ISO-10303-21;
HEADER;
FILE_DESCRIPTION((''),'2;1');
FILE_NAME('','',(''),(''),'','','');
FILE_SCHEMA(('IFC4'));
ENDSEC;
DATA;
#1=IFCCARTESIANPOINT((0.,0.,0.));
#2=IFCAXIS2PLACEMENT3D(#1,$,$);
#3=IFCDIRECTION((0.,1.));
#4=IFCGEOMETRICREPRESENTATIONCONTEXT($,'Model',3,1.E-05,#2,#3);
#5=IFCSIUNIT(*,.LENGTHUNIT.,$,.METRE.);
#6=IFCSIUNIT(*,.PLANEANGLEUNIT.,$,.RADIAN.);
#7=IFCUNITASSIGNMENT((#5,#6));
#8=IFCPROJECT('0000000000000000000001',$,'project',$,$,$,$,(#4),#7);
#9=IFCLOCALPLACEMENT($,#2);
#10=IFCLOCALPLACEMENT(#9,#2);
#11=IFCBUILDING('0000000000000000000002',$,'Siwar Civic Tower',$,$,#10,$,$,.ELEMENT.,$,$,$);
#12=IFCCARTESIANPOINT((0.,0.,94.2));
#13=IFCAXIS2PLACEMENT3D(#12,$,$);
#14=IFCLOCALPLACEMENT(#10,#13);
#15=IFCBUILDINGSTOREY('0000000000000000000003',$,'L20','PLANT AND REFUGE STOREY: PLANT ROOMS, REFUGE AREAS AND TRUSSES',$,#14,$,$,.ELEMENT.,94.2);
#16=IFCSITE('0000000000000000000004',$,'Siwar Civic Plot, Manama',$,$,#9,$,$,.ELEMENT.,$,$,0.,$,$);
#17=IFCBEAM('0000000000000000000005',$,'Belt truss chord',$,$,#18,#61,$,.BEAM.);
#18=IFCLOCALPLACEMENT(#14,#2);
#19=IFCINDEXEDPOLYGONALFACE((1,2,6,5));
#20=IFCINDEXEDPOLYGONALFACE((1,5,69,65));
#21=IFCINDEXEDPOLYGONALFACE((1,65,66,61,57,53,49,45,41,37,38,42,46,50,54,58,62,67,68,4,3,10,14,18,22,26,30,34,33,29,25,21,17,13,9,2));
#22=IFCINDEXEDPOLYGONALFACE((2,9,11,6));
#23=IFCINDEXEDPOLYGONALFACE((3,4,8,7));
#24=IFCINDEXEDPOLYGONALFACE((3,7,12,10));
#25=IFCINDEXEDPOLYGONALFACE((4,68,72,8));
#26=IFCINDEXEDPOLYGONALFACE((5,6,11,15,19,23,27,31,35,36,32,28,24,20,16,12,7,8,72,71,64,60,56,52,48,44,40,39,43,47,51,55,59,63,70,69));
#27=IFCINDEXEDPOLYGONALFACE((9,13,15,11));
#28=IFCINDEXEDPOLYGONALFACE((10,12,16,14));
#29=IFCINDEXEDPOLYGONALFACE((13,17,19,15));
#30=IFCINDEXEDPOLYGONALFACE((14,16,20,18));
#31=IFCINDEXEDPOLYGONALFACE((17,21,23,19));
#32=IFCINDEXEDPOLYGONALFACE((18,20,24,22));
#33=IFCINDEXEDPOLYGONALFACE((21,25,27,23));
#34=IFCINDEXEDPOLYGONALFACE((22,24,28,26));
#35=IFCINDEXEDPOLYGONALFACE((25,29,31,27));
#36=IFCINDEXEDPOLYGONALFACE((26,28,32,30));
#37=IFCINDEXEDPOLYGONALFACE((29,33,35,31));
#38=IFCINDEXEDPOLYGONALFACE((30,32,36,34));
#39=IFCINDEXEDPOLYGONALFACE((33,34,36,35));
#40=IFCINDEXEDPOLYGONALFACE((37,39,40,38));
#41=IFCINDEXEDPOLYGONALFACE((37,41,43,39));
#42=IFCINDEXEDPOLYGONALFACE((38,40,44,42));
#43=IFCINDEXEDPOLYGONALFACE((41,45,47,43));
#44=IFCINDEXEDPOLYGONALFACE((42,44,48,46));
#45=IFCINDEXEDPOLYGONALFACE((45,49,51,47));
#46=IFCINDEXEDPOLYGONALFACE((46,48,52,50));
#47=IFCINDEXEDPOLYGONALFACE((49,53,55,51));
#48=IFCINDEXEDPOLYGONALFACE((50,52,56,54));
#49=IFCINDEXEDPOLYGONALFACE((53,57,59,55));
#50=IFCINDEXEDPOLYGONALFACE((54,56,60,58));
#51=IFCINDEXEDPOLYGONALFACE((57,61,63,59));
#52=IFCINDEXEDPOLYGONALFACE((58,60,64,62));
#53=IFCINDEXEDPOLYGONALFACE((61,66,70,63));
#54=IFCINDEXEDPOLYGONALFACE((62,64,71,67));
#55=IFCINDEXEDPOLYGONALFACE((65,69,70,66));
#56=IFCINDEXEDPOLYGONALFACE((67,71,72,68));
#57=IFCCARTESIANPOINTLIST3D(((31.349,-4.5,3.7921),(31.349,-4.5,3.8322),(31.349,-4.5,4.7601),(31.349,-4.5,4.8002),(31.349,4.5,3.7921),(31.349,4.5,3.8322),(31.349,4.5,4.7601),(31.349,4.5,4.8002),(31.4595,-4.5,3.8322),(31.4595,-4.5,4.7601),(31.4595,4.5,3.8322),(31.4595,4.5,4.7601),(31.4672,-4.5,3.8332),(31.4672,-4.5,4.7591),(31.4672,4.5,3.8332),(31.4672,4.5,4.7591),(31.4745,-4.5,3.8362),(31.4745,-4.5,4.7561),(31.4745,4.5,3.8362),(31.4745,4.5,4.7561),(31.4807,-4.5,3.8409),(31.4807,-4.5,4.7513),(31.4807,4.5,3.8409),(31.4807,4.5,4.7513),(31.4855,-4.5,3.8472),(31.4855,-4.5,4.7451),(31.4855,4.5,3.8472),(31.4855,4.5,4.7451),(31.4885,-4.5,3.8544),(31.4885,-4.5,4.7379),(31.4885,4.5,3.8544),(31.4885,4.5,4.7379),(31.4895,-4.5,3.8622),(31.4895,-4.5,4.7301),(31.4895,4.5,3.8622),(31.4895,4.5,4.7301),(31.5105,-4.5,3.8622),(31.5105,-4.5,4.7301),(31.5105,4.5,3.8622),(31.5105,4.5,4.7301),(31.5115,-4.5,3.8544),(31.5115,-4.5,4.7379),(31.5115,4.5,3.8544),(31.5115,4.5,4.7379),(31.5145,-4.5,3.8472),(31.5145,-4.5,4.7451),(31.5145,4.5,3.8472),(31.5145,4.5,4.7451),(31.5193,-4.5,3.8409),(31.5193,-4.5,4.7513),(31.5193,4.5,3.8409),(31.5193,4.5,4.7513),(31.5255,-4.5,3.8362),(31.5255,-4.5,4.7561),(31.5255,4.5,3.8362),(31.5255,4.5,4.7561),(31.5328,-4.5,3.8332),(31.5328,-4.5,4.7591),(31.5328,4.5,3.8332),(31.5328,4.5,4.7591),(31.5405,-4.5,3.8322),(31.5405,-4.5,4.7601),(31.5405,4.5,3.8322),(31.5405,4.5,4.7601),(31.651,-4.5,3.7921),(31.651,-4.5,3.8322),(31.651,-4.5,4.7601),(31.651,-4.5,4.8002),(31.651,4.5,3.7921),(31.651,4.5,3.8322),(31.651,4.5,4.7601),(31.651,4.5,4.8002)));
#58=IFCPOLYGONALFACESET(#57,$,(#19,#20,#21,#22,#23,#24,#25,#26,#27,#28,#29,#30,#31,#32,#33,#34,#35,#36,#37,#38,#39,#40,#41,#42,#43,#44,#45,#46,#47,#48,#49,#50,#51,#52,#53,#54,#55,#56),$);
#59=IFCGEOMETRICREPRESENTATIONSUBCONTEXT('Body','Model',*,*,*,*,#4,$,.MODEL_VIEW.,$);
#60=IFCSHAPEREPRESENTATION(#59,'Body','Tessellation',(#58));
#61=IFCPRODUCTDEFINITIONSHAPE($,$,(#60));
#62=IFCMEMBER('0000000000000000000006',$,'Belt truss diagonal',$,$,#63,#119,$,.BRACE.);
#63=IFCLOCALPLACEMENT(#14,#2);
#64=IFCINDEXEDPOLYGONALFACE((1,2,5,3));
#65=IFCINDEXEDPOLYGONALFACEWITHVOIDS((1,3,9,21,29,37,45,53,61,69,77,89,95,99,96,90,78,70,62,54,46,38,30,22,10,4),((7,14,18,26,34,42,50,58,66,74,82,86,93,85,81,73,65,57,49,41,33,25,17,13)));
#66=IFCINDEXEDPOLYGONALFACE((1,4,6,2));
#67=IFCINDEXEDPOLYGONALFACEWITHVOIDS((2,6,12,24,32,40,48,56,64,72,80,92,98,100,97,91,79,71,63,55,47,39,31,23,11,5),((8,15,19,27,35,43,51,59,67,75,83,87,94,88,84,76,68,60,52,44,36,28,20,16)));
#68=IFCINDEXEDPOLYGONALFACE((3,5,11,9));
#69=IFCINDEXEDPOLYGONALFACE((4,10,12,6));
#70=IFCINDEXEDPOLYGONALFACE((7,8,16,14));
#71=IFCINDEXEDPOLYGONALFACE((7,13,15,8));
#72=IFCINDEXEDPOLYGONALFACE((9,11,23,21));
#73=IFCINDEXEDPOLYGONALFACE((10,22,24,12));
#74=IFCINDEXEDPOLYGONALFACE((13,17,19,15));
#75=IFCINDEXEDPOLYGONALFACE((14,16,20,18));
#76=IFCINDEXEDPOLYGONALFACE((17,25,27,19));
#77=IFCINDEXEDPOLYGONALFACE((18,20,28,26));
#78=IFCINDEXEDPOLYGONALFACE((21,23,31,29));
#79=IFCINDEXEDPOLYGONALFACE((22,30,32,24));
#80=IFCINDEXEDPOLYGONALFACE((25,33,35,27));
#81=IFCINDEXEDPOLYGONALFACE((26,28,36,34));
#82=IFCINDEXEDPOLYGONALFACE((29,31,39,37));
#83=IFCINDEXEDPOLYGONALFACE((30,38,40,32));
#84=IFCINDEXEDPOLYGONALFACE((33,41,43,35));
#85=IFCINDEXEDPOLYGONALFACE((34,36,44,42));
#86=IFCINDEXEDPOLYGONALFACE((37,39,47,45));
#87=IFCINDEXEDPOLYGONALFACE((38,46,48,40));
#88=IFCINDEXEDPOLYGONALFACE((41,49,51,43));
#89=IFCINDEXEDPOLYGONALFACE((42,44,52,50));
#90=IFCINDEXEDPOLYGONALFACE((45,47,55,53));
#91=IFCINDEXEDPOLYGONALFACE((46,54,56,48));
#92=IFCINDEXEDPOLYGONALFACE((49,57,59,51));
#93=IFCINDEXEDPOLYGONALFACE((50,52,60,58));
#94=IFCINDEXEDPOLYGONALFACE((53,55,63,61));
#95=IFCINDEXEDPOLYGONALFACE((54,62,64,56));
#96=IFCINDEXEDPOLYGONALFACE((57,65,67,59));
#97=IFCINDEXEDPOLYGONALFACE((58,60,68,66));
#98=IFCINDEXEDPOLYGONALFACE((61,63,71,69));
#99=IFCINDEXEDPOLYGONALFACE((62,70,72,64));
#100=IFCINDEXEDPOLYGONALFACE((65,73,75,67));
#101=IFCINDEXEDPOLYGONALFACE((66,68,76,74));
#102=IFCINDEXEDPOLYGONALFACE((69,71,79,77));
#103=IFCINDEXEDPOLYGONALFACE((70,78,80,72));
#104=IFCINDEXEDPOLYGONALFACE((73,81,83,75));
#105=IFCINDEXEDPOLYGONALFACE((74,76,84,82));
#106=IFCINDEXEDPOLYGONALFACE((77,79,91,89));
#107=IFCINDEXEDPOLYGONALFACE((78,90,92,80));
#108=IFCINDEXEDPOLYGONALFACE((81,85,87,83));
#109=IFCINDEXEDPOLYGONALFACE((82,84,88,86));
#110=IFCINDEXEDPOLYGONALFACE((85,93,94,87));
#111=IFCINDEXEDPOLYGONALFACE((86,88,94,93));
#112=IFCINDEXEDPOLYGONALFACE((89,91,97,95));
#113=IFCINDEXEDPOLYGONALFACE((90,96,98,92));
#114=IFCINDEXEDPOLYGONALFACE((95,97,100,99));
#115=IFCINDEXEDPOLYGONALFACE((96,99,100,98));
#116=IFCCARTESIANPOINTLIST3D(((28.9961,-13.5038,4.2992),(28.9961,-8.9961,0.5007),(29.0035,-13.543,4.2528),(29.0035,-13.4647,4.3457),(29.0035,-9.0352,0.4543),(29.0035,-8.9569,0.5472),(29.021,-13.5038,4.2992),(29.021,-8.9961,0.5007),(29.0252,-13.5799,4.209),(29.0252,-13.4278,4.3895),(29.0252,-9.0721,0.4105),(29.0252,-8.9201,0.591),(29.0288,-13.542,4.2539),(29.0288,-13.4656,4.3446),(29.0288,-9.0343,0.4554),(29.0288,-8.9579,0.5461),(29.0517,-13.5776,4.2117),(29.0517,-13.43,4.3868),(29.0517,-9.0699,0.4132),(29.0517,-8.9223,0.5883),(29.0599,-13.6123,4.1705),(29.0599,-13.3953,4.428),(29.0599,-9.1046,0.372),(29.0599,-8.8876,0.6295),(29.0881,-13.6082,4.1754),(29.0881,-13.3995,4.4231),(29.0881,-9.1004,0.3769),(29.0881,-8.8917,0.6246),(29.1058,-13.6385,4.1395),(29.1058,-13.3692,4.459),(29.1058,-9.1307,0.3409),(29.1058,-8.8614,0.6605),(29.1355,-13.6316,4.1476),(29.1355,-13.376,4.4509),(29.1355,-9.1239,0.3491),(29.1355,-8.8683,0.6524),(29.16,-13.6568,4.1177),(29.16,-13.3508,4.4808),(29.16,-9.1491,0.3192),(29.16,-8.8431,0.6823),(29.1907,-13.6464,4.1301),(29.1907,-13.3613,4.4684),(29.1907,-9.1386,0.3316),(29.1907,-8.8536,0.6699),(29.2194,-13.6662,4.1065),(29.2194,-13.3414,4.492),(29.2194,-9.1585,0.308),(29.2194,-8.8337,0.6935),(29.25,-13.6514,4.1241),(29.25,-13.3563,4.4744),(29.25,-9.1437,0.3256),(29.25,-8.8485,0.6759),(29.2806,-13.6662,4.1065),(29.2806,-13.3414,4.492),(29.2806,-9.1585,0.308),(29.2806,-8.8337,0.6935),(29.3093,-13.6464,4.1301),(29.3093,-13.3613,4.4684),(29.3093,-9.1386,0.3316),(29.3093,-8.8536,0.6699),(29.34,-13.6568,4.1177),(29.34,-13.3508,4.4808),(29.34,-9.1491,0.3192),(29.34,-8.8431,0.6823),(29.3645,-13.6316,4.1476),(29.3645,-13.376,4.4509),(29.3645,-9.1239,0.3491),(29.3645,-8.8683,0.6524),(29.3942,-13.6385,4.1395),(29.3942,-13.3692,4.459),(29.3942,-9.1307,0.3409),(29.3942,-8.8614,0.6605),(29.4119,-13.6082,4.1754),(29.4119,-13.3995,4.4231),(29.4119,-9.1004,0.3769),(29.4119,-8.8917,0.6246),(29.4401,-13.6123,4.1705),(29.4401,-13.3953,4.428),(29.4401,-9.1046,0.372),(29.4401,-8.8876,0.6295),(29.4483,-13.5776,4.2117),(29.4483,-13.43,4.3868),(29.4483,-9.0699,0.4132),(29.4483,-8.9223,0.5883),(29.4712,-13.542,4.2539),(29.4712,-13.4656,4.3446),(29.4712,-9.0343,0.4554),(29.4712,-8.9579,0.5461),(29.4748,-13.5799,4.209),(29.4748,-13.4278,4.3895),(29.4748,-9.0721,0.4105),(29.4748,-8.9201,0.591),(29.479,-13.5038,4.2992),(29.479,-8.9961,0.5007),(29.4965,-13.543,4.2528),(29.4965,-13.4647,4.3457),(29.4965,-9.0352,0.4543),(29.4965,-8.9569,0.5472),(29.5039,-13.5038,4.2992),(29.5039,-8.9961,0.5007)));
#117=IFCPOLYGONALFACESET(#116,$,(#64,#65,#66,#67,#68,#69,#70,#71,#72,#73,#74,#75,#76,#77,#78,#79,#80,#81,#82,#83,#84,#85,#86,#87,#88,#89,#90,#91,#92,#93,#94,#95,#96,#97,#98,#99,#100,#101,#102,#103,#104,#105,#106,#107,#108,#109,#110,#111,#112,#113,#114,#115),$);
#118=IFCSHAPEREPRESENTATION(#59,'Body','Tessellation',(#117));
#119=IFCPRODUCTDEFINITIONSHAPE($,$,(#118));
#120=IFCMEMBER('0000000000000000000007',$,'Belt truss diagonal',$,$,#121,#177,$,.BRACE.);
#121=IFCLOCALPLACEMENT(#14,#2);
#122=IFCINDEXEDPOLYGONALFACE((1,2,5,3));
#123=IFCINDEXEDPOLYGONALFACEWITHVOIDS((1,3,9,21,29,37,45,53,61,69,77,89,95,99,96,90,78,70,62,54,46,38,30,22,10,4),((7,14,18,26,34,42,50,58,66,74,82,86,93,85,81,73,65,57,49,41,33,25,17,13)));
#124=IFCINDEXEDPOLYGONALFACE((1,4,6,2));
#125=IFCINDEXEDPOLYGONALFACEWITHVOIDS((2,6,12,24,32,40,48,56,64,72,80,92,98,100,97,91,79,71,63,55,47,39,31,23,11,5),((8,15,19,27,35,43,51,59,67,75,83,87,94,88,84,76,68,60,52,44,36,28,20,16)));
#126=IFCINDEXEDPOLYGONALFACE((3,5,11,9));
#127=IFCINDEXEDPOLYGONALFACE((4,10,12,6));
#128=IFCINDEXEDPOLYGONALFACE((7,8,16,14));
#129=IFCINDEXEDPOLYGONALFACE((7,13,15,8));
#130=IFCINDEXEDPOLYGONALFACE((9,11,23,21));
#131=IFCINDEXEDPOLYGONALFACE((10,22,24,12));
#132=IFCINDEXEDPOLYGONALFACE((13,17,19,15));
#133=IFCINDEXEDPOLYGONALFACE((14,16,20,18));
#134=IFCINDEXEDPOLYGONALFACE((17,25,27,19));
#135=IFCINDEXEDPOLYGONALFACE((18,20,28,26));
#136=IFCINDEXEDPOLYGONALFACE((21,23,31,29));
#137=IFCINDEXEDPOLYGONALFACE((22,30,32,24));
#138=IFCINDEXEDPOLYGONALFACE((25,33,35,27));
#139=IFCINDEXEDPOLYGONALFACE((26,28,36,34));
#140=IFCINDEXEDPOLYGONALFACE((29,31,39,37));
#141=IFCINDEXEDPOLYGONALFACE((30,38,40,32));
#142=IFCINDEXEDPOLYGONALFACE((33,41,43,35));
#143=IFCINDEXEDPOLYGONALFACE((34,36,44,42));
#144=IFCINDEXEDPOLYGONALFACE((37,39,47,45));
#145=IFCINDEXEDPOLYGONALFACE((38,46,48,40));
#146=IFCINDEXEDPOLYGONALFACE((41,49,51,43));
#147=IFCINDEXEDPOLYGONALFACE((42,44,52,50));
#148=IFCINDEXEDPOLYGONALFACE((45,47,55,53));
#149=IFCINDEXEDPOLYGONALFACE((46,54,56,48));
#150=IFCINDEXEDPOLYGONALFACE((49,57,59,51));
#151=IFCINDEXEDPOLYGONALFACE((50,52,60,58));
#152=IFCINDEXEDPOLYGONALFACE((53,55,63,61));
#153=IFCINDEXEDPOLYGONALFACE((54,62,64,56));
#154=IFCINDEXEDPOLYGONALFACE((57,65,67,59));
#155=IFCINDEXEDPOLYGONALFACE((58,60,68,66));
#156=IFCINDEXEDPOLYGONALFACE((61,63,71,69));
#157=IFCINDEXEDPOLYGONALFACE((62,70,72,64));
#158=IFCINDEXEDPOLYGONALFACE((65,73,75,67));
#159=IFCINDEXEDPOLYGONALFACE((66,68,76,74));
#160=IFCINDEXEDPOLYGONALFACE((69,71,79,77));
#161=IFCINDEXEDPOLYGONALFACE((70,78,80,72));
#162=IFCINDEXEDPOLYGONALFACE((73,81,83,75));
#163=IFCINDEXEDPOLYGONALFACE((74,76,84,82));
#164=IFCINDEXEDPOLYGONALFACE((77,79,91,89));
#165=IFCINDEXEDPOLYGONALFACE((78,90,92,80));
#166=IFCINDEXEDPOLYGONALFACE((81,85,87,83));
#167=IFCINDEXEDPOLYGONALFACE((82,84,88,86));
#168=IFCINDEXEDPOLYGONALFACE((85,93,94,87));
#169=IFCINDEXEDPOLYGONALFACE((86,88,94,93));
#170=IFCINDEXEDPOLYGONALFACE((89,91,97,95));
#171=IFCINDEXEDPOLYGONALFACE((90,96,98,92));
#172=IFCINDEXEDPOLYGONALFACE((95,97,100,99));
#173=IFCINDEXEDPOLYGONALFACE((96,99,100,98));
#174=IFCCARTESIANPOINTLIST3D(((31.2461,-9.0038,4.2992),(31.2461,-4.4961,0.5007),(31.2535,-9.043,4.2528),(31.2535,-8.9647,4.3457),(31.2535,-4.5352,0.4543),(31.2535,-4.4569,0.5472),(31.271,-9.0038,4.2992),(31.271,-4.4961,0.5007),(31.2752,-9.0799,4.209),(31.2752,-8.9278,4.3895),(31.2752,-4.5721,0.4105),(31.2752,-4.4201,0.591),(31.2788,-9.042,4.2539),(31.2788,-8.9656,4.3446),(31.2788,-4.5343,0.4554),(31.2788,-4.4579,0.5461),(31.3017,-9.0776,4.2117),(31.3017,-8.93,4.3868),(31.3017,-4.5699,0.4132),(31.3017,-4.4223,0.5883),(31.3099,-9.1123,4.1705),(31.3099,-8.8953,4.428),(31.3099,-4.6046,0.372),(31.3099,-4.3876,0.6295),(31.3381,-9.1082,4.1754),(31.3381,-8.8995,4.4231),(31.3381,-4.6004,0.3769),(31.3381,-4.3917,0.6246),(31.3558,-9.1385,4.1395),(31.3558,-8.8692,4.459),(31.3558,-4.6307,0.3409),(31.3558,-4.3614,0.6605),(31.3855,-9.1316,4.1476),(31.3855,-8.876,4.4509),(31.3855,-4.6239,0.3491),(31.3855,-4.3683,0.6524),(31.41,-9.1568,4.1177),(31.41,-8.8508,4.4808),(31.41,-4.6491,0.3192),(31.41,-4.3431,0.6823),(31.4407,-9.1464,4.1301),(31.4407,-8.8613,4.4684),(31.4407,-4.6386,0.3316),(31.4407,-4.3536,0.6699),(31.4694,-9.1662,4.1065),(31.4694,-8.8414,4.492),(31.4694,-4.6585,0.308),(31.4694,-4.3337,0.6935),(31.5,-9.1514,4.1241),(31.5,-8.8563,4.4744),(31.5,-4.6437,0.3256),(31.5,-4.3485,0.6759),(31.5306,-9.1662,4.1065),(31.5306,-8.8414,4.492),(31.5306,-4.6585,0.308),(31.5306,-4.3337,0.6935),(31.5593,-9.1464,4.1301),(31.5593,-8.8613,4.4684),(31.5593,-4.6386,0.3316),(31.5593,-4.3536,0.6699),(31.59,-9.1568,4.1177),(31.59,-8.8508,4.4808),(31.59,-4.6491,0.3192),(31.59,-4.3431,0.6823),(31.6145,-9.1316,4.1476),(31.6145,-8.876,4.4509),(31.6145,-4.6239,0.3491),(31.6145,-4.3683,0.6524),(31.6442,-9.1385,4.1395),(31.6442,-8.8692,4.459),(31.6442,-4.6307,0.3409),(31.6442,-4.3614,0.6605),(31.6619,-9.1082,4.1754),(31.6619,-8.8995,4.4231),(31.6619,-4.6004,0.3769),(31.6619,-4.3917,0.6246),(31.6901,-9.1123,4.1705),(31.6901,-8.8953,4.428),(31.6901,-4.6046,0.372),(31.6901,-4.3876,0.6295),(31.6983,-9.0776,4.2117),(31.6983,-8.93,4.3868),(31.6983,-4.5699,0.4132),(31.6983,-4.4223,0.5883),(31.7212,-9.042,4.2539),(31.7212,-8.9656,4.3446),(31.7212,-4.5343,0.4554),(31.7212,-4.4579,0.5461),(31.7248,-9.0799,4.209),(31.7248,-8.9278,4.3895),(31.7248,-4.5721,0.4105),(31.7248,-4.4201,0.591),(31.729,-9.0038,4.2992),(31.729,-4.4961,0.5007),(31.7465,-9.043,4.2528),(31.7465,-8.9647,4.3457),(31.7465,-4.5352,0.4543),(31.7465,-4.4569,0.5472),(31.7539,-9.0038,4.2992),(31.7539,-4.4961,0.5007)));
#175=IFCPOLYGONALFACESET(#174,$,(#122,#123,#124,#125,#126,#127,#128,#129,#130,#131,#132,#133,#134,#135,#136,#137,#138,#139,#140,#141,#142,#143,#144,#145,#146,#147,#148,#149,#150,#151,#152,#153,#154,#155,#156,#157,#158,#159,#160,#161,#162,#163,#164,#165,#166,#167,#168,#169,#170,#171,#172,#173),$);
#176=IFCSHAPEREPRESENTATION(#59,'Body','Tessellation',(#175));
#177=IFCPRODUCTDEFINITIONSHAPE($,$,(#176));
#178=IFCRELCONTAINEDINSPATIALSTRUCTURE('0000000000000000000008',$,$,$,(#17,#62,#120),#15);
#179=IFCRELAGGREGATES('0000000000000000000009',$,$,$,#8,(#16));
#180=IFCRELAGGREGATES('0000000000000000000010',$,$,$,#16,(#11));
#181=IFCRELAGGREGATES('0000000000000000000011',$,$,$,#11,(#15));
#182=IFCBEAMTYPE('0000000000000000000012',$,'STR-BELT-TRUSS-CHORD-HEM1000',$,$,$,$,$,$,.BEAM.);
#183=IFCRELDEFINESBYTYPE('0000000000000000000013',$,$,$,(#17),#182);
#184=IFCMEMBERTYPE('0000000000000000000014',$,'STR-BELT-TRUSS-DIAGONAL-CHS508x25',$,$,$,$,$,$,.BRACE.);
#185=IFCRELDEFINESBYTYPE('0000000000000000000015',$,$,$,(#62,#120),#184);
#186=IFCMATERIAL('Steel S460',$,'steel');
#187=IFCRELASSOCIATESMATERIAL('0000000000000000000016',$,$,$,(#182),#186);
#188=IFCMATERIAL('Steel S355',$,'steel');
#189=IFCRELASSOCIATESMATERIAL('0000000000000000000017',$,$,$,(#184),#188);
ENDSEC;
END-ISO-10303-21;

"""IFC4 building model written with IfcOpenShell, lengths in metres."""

from ifc_helpers import new_model, si_unit, direction, frame, origin, origin_2d, place, context, subcontext, project, spatial, hollow_circle, i_section, extrude, material, material_profile, profile_set, type_object, element, save


model = new_model("IFC4")

# Units and contexts
model_context = context("Model", 3, precision=1e-05, world=origin(), true_north=direction((0.0, 1.0)))
body_context = subcontext(model_context, "Body", "Model", "MODEL_VIEW")
ifc_project = project(units=[si_unit("LENGTHUNIT", "METRE"), si_unit("PLANEANGLEUNIT", "RADIAN")], contexts=[model_context])

# Site, building, storey
site_placement = place(None, origin())
site = spatial("IfcSite", under=ifc_project, at=site_placement, Name="Siwar Civic Plot, Manama", CompositionType="ELEMENT", RefElevation=0.0)
building_placement = place(site_placement, origin())
building = spatial("IfcBuilding", under=site, at=building_placement, Name="Siwar Civic Tower", CompositionType="ELEMENT")
storey_placement = place(building_placement, frame((0.0, 0.0, 94.2)))
storey = spatial("IfcBuildingStorey", under=building, at=storey_placement, Name="L20", Description="PLANT AND REFUGE STOREY: PLANT ROOMS, REFUGE AREAS AND TRUSSES", CompositionType="ELEMENT", Elevation=94.2)

# Beam
ifc_material_1 = material(Name="Steel S460", Category="steel")
ifc_material_profile_1 = material_profile(ifc_material_1, i_section(OverallWidth=0.302, OverallDepth=1.0081, WebThickness=0.021, FlangeThickness=0.04, FilletRadius=0.03, at=origin_2d()), Name="HEM1000")
ifc_profile_set_1 = profile_set([ifc_material_profile_1], Name="Steel S460")
beam_type_1 = type_object("IfcBeamType", Name="STR-BELT-TRUSS-CHORD-HEM1000", PredefinedType="BEAM", material=ifc_profile_set_1)
for number, where, z_axis, x_axis, name in (
    (1, (31.5, -4.5, 4.2961), (0.0, 1.0, 0.0), (-1.0, 0.0, 0.0), "Belt truss chord"),
):
    element("IfcBeam", number, at=place(storey_placement, frame(where, z_axis=z_axis, x_axis=x_axis)), inside=storey, type_object=beam_type_1, Name=name, PredefinedType="BEAM", context=body_context, shape_type="SweptSolid", body=[
        extrude(i_section(OverallWidth=0.302, OverallDepth=1.0081, WebThickness=0.021, FlangeThickness=0.04, FilletRadius=0.03, at=origin_2d()), origin(), (0.0, 0.0, 1.0), 9.0),
    ])

# Members
ifc_material_2 = material(Name="Steel S355", Category="steel")
ifc_material_profile_2 = material_profile(ifc_material_2, hollow_circle(Radius=0.2539, WallThickness=0.0249, at=origin_2d()), Name="CHS508x25")
ifc_profile_set_2 = profile_set([ifc_material_profile_2], Name="Steel S355")
member_type_1 = type_object("IfcMemberType", Name="STR-BELT-TRUSS-DIAGONAL-CHS508x25", PredefinedType="BRACE", material=ifc_profile_set_2)
for number, where, z_axis, x_axis, name in (
    (2, (29.25, -8.9961, 0.5007), (0.0, -0.7647, 0.644387), (1.0, 0.0, 0.0), "Belt truss diagonal"),
    (3, (31.5, -4.4961, 0.5007), (0.0, -0.7647, 0.644387), (1.0, 0.0, 0.0), "Belt truss diagonal"),
):
    element("IfcMember", number, at=place(storey_placement, frame(where, z_axis=z_axis, x_axis=x_axis)), inside=storey, type_object=member_type_1, Name=name, PredefinedType="BRACE", context=body_context, shape_type="SweptSolid", body=[
        extrude(hollow_circle(Radius=0.2539, WallThickness=0.0249, at=origin_2d()), origin(), (0.0, 0.0, 1.0), 5.8948),
    ])

save(model, "model.ifc")
